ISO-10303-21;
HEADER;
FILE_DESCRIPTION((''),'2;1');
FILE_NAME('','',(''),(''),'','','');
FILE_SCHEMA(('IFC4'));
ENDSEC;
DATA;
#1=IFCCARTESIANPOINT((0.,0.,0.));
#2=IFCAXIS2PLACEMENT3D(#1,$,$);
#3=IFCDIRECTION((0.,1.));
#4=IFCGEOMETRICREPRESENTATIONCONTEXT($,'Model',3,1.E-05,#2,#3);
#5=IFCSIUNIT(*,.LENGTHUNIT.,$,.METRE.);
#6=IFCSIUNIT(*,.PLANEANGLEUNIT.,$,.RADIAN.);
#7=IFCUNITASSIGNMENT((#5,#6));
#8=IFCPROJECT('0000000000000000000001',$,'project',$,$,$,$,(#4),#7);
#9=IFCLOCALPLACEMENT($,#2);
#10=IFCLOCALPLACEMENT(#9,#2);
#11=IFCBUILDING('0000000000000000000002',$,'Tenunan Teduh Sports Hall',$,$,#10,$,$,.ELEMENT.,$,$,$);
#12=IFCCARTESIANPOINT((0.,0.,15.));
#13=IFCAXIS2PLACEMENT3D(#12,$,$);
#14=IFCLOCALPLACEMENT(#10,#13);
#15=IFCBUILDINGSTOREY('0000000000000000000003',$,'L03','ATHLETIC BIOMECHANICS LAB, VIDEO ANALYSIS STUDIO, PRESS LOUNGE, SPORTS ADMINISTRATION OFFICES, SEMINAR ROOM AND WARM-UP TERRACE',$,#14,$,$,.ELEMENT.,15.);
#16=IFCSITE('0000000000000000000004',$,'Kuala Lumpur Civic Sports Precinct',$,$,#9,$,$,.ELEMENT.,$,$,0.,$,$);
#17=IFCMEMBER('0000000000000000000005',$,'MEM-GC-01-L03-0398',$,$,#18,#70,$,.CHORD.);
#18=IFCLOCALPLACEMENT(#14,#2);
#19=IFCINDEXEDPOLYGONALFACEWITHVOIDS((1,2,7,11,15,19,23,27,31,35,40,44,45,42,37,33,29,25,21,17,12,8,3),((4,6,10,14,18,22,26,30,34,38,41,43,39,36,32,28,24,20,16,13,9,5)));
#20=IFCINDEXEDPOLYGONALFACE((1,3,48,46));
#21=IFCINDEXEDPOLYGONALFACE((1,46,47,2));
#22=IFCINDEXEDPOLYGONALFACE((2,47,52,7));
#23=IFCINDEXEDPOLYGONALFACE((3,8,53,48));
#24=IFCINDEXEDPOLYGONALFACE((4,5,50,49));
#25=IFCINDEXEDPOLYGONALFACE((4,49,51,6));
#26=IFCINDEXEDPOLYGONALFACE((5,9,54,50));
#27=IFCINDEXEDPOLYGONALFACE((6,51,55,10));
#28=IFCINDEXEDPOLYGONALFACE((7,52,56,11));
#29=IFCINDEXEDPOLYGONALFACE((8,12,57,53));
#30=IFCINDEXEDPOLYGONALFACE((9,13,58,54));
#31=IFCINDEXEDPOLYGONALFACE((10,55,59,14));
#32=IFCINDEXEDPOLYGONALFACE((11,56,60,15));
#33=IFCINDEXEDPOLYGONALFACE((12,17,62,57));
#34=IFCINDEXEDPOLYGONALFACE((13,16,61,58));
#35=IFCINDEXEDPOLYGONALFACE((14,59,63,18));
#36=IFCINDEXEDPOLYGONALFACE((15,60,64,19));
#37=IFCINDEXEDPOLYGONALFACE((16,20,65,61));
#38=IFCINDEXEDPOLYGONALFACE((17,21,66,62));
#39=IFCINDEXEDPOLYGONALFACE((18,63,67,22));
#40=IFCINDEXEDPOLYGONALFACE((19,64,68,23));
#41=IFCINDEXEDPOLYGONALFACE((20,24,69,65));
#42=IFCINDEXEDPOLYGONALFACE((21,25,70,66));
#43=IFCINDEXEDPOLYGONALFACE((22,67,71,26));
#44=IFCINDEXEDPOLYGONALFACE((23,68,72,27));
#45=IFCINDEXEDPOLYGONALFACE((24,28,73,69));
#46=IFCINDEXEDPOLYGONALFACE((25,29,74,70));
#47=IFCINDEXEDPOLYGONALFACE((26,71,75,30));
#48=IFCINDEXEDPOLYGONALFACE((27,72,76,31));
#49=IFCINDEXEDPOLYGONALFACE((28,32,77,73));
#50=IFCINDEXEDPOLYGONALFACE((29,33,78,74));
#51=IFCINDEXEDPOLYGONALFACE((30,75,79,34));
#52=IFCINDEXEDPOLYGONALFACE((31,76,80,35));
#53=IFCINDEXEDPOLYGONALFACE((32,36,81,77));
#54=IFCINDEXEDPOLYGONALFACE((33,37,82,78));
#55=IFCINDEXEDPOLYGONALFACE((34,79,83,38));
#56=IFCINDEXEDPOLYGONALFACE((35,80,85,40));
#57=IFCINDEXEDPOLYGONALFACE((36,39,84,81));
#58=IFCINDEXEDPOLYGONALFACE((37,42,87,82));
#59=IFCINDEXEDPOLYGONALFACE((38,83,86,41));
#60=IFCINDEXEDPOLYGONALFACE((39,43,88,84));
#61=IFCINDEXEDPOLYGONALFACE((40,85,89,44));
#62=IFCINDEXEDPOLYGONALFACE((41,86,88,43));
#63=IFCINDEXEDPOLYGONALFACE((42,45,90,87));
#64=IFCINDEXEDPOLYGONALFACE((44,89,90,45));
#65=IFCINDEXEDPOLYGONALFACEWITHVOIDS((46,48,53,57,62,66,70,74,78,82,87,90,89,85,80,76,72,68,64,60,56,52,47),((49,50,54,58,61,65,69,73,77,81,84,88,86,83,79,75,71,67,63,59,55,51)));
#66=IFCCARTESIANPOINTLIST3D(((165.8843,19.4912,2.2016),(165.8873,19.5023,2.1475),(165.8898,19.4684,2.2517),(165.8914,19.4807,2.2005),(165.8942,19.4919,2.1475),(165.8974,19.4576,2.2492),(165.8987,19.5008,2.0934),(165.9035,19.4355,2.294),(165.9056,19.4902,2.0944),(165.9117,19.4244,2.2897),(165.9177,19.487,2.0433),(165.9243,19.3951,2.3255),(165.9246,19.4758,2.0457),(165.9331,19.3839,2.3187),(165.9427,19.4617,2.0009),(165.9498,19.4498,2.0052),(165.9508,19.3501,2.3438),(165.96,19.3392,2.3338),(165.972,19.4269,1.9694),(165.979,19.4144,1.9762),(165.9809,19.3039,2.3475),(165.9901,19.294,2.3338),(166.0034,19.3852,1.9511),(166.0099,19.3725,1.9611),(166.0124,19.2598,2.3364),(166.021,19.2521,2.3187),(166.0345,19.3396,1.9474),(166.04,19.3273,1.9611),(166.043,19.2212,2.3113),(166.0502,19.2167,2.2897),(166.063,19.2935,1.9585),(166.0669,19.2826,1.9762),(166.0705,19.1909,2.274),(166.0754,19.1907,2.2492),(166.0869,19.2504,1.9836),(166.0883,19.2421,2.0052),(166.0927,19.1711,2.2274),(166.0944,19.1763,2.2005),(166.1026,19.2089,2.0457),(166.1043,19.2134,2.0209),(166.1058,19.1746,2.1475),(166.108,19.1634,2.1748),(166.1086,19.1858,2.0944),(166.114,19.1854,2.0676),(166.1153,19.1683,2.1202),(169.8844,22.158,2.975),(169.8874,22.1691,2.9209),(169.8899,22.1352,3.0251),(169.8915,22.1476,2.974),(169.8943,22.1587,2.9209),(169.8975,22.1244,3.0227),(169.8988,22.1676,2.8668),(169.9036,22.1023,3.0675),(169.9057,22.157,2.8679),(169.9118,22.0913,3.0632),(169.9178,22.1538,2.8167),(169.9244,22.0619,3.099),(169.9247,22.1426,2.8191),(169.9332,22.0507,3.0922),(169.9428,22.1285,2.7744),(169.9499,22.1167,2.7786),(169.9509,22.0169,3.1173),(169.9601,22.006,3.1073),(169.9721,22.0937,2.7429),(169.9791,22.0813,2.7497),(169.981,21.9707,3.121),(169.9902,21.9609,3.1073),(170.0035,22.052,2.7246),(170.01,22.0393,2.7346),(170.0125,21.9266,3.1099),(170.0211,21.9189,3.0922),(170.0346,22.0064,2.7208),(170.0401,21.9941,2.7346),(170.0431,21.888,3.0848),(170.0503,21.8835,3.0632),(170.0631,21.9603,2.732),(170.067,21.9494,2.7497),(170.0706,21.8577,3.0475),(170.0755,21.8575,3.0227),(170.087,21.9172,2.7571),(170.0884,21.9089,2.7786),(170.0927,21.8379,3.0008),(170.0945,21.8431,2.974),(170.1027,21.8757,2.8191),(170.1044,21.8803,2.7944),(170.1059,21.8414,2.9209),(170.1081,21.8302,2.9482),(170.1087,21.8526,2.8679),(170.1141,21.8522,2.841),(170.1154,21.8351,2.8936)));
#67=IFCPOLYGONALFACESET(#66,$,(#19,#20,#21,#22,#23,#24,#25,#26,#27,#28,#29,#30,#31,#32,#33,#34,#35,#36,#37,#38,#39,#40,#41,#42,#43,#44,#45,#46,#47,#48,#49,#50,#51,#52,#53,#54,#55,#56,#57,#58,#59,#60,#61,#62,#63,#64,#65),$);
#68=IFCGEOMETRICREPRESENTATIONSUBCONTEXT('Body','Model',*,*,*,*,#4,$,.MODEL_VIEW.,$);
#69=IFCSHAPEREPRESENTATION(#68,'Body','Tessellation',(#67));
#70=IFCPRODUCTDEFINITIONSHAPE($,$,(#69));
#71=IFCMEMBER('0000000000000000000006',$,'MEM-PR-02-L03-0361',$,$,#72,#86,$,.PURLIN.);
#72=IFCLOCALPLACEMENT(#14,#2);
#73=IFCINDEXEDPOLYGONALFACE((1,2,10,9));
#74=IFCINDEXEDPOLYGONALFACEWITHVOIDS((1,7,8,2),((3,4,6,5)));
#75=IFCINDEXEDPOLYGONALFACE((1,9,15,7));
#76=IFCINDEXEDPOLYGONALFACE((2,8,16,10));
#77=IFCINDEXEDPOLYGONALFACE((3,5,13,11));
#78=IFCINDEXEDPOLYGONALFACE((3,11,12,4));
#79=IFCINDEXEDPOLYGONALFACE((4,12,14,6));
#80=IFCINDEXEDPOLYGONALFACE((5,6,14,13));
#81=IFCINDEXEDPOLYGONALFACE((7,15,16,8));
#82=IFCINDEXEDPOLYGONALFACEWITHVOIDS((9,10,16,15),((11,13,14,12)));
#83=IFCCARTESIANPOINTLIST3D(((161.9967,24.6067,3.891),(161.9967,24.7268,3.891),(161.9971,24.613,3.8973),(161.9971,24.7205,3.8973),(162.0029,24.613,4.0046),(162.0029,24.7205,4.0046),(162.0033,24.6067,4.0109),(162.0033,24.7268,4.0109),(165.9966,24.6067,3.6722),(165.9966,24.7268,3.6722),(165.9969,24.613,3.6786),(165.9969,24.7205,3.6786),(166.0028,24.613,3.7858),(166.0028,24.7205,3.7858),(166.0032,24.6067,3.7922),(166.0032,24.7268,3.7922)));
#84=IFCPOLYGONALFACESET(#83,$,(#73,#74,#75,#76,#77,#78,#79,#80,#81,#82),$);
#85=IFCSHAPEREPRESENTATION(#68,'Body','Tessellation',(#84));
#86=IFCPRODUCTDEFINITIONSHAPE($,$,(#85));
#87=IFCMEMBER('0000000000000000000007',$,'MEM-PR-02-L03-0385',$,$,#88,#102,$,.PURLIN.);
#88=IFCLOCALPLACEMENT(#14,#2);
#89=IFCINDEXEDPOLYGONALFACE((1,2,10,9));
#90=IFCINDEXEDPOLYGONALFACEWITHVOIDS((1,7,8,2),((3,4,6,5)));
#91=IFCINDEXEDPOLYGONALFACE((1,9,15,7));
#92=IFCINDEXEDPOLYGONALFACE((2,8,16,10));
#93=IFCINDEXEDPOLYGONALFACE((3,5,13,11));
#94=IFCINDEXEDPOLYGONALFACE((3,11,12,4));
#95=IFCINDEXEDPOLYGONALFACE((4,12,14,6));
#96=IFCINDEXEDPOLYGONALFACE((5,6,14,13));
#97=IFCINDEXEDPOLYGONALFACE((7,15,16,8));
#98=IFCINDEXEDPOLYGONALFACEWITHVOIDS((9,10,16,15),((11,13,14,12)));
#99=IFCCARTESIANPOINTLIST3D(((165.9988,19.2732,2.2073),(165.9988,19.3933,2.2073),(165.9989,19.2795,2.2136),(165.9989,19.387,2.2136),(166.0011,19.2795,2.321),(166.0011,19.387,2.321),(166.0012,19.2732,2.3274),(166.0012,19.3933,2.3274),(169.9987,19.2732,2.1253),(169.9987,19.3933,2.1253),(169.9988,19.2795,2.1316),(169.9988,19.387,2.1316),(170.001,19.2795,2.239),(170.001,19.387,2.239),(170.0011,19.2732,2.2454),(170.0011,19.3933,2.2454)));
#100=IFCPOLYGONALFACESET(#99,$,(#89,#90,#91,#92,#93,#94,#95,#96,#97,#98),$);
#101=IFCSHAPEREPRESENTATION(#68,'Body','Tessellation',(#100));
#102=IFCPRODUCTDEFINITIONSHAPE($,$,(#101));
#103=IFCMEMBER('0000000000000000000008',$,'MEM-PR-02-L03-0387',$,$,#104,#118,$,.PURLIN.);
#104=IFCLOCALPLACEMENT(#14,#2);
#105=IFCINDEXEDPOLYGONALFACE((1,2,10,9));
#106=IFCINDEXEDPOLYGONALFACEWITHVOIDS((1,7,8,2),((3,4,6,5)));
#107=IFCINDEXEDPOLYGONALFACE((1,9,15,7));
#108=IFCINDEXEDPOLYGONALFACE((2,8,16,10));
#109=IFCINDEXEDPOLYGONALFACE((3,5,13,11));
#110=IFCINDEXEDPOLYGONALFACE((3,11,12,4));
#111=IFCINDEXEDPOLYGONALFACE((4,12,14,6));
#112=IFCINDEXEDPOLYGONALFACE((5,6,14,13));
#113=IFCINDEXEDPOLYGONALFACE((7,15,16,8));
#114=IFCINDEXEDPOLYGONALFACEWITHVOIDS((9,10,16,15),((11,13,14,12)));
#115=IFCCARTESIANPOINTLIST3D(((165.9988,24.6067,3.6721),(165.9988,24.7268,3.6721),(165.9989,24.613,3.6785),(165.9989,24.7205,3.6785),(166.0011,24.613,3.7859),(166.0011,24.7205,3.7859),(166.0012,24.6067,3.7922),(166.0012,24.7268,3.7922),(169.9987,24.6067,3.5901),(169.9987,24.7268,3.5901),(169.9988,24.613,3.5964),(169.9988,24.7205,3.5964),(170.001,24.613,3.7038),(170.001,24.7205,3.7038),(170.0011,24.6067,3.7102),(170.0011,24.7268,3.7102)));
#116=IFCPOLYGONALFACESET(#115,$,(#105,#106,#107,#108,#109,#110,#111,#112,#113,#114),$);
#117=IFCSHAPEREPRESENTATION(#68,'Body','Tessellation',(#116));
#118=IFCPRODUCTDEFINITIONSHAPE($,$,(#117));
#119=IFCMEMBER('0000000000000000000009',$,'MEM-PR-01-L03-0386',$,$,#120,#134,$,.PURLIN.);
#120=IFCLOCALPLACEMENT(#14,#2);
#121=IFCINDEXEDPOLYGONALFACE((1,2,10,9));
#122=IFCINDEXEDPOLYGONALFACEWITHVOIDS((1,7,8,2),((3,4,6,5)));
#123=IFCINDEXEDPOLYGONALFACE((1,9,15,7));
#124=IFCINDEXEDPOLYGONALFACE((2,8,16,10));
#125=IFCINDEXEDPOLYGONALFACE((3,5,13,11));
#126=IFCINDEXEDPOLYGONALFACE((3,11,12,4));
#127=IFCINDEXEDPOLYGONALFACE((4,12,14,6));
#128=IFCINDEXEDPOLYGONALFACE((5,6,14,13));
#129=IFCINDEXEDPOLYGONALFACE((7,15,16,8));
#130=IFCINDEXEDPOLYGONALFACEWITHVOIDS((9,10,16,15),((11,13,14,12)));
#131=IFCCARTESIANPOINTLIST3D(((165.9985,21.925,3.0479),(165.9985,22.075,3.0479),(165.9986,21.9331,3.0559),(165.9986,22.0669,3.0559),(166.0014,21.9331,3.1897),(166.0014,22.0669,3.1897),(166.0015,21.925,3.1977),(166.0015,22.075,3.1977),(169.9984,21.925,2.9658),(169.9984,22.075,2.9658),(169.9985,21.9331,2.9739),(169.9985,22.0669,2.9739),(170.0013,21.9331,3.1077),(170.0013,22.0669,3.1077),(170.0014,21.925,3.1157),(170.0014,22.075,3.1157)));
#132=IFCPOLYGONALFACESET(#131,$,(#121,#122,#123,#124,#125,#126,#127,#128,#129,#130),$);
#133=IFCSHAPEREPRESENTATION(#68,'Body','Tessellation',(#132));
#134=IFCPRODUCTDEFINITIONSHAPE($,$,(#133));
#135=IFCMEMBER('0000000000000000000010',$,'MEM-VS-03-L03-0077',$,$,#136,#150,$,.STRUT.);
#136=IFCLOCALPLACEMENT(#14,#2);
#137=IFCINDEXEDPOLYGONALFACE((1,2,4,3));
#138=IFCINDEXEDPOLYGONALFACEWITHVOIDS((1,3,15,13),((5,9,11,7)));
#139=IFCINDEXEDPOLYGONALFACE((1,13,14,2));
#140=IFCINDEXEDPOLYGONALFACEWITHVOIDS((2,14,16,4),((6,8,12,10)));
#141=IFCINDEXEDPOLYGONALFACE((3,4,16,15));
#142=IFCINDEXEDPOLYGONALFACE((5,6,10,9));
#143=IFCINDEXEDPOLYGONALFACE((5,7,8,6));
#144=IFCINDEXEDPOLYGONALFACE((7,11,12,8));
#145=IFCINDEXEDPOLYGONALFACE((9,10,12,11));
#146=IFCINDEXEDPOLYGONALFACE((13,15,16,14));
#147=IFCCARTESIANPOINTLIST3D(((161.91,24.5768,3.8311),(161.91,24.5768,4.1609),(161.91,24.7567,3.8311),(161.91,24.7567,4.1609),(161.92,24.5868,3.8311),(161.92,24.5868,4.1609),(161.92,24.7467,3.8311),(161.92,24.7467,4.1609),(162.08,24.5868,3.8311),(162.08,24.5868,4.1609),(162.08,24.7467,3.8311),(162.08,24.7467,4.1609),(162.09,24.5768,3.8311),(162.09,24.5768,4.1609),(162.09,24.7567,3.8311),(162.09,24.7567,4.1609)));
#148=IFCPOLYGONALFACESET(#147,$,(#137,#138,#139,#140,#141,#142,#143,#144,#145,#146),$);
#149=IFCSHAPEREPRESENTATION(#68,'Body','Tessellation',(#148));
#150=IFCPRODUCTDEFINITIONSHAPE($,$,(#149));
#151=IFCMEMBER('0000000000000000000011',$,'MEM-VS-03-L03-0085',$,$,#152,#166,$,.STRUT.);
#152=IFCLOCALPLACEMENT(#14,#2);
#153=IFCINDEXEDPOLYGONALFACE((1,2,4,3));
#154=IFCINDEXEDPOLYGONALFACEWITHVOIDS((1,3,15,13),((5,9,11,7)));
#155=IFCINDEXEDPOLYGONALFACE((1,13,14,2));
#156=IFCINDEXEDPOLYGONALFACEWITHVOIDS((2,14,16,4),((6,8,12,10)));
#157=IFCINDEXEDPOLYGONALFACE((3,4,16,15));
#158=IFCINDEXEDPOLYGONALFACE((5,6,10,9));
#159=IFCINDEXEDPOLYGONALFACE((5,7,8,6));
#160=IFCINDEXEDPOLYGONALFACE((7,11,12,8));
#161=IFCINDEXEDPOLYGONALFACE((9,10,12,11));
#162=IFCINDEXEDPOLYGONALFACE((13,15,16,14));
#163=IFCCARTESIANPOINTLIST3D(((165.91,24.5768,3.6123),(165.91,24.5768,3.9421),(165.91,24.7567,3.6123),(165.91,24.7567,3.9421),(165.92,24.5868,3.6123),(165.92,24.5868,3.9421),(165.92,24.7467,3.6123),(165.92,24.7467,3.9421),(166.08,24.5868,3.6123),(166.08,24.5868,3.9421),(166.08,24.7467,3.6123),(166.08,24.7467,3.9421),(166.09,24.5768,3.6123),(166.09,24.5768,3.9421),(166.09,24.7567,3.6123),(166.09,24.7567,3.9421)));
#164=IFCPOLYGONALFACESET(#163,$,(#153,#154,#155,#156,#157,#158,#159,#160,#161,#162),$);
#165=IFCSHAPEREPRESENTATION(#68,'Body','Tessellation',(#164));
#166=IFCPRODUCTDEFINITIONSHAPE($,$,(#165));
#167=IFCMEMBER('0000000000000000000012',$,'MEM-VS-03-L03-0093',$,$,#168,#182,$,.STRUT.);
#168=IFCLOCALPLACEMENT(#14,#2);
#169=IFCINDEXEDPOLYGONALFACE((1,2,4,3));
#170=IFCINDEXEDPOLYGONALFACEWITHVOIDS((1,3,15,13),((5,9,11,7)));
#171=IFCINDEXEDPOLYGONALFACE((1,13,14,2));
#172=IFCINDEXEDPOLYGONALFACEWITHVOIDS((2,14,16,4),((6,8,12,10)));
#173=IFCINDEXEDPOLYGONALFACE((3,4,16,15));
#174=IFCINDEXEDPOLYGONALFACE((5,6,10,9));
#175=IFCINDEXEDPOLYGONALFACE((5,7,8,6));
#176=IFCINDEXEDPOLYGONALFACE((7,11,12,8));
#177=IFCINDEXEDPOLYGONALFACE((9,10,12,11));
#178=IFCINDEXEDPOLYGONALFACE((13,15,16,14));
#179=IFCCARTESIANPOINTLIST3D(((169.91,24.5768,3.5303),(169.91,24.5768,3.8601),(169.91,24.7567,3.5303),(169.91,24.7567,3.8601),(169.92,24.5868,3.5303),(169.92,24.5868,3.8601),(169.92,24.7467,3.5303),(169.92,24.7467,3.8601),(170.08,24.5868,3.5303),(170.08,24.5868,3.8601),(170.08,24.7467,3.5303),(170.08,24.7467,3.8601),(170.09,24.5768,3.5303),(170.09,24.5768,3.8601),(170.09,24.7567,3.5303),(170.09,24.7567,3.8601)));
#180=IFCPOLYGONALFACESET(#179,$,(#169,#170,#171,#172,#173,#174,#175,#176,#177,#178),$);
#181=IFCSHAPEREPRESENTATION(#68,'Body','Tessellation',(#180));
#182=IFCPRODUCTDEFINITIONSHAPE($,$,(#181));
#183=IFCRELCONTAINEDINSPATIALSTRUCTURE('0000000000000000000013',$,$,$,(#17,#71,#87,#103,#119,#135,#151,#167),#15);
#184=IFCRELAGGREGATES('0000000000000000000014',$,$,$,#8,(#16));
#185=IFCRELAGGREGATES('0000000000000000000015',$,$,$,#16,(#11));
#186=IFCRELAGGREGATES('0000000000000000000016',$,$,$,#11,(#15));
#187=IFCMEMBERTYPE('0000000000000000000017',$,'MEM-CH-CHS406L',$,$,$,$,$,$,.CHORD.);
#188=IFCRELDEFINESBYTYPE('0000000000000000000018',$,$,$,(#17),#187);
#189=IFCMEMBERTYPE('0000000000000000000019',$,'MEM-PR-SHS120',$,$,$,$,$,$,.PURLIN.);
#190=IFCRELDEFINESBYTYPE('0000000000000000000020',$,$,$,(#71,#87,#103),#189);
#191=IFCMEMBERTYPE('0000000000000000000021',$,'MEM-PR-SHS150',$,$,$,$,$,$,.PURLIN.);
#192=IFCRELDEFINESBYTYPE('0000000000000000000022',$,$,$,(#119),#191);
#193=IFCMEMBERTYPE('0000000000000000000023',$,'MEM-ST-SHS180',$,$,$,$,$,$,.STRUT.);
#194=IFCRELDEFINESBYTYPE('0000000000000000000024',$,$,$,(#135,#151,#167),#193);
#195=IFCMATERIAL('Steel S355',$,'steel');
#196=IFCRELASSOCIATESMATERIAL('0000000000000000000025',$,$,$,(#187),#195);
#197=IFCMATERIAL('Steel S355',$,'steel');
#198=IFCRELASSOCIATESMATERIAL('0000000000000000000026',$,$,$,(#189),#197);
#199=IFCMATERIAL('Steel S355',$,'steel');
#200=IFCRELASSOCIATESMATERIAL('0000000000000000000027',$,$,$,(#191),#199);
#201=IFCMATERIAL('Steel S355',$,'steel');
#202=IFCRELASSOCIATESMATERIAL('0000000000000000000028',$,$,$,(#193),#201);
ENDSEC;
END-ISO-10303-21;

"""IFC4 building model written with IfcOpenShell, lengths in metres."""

from ifc_helpers import new_model, si_unit, direction, frame, origin, origin_2d, place, context, subcontext, project, spatial, hollow_rectangle, hollow_circle, extrude, material, material_profile, profile_set, type_object, element, save


model = new_model("IFC4")

# Units and contexts
model_context = context("Model", 3, precision=1e-05, world=origin(), true_north=direction((0.0, 1.0)))
body_context = subcontext(model_context, "Body", "Model", "MODEL_VIEW")
ifc_project = project(units=[si_unit("LENGTHUNIT", "METRE"), si_unit("PLANEANGLEUNIT", "RADIAN")], contexts=[model_context])

# Site, building, storey
site_placement = place(None, origin())
site = spatial("IfcSite", under=ifc_project, at=site_placement, Name="Kuala Lumpur Civic Sports Precinct", CompositionType="ELEMENT", RefElevation=0.0)
building_placement = place(site_placement, origin())
building = spatial("IfcBuilding", under=site, at=building_placement, Name="Tenunan Teduh Sports Hall", CompositionType="ELEMENT")
storey_placement = place(building_placement, frame((0.0, 0.0, 15.0)))
storey = spatial("IfcBuildingStorey", under=building, at=storey_placement, Name="L03", Description="ATHLETIC BIOMECHANICS LAB, VIDEO ANALYSIS STUDIO, PRESS LOUNGE, SPORTS ADMINISTRATION OFFICES, SEMINAR ROOM AND WARM-UP TERRACE", CompositionType="ELEMENT", Elevation=15.0)

# Members
ifc_material_1 = material(Name="Steel S355", Category="steel")
ifc_material_profile_1 = material_profile(ifc_material_1, hollow_circle(Radius=0.2031, WallThickness=0.0125, at=origin_2d()), Name="CHS 406.4x12.5")
ifc_profile_set_1 = profile_set([ifc_material_profile_1], Name="Steel S355")
member_type_1 = type_object("IfcMemberType", Name="MEM-CH-CHS406L", PredefinedType="CHORD", material=ifc_profile_set_1)
member_1_placement = place(storey_placement, frame((166.0, 19.3333, 2.1475), z_axis=(0.821479, 0.547669, 0.158841), x_axis=(-0.554712, 0.832042, 0.0)))
element("IfcMember", 1, at=member_1_placement, inside=storey, type_object=member_type_1, Name="MEM-GC-01-L03-0398", PredefinedType="CHORD", context=body_context, shape_type="SweptSolid", body=[
    extrude(hollow_circle(Radius=0.2031, WallThickness=0.0125, at=origin_2d()), origin(), (0.0, 0.0, 1.0), 4.8694),
])
ifc_material_2 = material(Name="Steel S355", Category="steel")
ifc_material_profile_2 = material_profile(ifc_material_2, hollow_rectangle(XDim=0.1201, YDim=0.1201, WallThickness=0.0063, at=origin_2d()), Name="SHS 120x120x6.3")
ifc_profile_set_2 = profile_set([ifc_material_profile_2], Name="Steel S355")
member_type_2 = type_object("IfcMemberType", Name="MEM-PR-SHS120", PredefinedType="PURLIN", material=ifc_profile_set_2)
member_2_placement = place(storey_placement, frame((162.0, 24.6667, 3.9509), z_axis=(0.998508, 0.0, -0.054606), x_axis=(0.0, 1.0, 0.0)))
element("IfcMember", 2, at=member_2_placement, inside=storey, type_object=member_type_2, Name="MEM-PR-02-L03-0361", PredefinedType="PURLIN", context=body_context, shape_type="SweptSolid", body=[
    extrude(hollow_rectangle(XDim=0.1201, YDim=0.1201, WallThickness=0.0063, at=origin_2d()), origin(), (0.0, 0.0, 1.0), 4.0059),
])
for number, where, z_axis, x_axis, name in (
    (3, (166.0, 19.3333, 2.2673), (0.99979, 0.0, -0.020504), (0.0, 1.0, 0.0), "MEM-PR-02-L03-0385"),
    (4, (166.0, 24.6667, 3.7322), (0.99979, 0.0, -0.020504), (0.0, 1.0, 0.0), "MEM-PR-02-L03-0387"),
):
    element("IfcMember", number, at=place(storey_placement, frame(where, z_axis=z_axis, x_axis=x_axis)), inside=storey, type_object=member_type_2, Name=name, PredefinedType="PURLIN", context=body_context, shape_type="SweptSolid", body=[
        extrude(hollow_rectangle(XDim=0.1201, YDim=0.1201, WallThickness=0.0063, at=origin_2d()), origin(), (0.0, 0.0, 1.0), 4.0007),
    ])
ifc_material_3 = material(Name="Steel S355", Category="steel")
ifc_material_profile_3 = material_profile(ifc_material_3, hollow_rectangle(XDim=0.1499, YDim=0.1499, WallThickness=0.0081, at=origin_2d()), Name="SHS 150x150x8.0")
ifc_profile_set_3 = profile_set([ifc_material_profile_3], Name="Steel S355")
member_type_3 = type_object("IfcMemberType", Name="MEM-PR-SHS150", PredefinedType="PURLIN", material=ifc_profile_set_3)
member_3_placement = place(storey_placement, frame((166.0, 22.0, 3.1228), z_axis=(0.99979, 0.0, -0.020504), x_axis=(0.0, 1.0, 0.0)))
element("IfcMember", 5, at=member_3_placement, inside=storey, type_object=member_type_3, Name="MEM-PR-01-L03-0386", PredefinedType="PURLIN", context=body_context, shape_type="SweptSolid", body=[
    extrude(hollow_rectangle(XDim=0.1499, YDim=0.1499, WallThickness=0.0081, at=origin_2d()), origin(), (0.0, 0.0, 1.0), 4.0007),
])
ifc_material_4 = material(Name="Steel S355", Category="steel")
ifc_material_profile_4 = material_profile(ifc_material_4, hollow_rectangle(XDim=0.1799, YDim=0.1799, WallThickness=0.01, at=origin_2d()), Name="SHS 180x180x10.0")
ifc_profile_set_4 = profile_set([ifc_material_profile_4], Name="Steel S355")
member_type_4 = type_object("IfcMemberType", Name="MEM-ST-SHS180", PredefinedType="STRUT", material=ifc_profile_set_4)
for number, where, z_axis, x_axis, name in (
    (6, (162.0, 24.6667, 3.8311), (0.0, 0.0, 1.0), (1.0, 0.0, 0.0), "MEM-VS-03-L03-0077"),
    (7, (166.0, 24.6667, 3.6123), (0.0, 0.0, 1.0), (1.0, 0.0, 0.0), "MEM-VS-03-L03-0085"),
    (8, (170.0, 24.6667, 3.5303), (0.0, 0.0, 1.0), (1.0, 0.0, 0.0), "MEM-VS-03-L03-0093"),
):
    element("IfcMember", number, at=place(storey_placement, frame(where, z_axis=z_axis, x_axis=x_axis)), inside=storey, type_object=member_type_4, Name=name, PredefinedType="STRUT", context=body_context, shape_type="SweptSolid", body=[
        extrude(hollow_rectangle(XDim=0.1799, YDim=0.1799, WallThickness=0.01, at=origin_2d()), origin(), (0.0, 0.0, 1.0), 0.3298),
    ])

save(model, "model.ifc")
